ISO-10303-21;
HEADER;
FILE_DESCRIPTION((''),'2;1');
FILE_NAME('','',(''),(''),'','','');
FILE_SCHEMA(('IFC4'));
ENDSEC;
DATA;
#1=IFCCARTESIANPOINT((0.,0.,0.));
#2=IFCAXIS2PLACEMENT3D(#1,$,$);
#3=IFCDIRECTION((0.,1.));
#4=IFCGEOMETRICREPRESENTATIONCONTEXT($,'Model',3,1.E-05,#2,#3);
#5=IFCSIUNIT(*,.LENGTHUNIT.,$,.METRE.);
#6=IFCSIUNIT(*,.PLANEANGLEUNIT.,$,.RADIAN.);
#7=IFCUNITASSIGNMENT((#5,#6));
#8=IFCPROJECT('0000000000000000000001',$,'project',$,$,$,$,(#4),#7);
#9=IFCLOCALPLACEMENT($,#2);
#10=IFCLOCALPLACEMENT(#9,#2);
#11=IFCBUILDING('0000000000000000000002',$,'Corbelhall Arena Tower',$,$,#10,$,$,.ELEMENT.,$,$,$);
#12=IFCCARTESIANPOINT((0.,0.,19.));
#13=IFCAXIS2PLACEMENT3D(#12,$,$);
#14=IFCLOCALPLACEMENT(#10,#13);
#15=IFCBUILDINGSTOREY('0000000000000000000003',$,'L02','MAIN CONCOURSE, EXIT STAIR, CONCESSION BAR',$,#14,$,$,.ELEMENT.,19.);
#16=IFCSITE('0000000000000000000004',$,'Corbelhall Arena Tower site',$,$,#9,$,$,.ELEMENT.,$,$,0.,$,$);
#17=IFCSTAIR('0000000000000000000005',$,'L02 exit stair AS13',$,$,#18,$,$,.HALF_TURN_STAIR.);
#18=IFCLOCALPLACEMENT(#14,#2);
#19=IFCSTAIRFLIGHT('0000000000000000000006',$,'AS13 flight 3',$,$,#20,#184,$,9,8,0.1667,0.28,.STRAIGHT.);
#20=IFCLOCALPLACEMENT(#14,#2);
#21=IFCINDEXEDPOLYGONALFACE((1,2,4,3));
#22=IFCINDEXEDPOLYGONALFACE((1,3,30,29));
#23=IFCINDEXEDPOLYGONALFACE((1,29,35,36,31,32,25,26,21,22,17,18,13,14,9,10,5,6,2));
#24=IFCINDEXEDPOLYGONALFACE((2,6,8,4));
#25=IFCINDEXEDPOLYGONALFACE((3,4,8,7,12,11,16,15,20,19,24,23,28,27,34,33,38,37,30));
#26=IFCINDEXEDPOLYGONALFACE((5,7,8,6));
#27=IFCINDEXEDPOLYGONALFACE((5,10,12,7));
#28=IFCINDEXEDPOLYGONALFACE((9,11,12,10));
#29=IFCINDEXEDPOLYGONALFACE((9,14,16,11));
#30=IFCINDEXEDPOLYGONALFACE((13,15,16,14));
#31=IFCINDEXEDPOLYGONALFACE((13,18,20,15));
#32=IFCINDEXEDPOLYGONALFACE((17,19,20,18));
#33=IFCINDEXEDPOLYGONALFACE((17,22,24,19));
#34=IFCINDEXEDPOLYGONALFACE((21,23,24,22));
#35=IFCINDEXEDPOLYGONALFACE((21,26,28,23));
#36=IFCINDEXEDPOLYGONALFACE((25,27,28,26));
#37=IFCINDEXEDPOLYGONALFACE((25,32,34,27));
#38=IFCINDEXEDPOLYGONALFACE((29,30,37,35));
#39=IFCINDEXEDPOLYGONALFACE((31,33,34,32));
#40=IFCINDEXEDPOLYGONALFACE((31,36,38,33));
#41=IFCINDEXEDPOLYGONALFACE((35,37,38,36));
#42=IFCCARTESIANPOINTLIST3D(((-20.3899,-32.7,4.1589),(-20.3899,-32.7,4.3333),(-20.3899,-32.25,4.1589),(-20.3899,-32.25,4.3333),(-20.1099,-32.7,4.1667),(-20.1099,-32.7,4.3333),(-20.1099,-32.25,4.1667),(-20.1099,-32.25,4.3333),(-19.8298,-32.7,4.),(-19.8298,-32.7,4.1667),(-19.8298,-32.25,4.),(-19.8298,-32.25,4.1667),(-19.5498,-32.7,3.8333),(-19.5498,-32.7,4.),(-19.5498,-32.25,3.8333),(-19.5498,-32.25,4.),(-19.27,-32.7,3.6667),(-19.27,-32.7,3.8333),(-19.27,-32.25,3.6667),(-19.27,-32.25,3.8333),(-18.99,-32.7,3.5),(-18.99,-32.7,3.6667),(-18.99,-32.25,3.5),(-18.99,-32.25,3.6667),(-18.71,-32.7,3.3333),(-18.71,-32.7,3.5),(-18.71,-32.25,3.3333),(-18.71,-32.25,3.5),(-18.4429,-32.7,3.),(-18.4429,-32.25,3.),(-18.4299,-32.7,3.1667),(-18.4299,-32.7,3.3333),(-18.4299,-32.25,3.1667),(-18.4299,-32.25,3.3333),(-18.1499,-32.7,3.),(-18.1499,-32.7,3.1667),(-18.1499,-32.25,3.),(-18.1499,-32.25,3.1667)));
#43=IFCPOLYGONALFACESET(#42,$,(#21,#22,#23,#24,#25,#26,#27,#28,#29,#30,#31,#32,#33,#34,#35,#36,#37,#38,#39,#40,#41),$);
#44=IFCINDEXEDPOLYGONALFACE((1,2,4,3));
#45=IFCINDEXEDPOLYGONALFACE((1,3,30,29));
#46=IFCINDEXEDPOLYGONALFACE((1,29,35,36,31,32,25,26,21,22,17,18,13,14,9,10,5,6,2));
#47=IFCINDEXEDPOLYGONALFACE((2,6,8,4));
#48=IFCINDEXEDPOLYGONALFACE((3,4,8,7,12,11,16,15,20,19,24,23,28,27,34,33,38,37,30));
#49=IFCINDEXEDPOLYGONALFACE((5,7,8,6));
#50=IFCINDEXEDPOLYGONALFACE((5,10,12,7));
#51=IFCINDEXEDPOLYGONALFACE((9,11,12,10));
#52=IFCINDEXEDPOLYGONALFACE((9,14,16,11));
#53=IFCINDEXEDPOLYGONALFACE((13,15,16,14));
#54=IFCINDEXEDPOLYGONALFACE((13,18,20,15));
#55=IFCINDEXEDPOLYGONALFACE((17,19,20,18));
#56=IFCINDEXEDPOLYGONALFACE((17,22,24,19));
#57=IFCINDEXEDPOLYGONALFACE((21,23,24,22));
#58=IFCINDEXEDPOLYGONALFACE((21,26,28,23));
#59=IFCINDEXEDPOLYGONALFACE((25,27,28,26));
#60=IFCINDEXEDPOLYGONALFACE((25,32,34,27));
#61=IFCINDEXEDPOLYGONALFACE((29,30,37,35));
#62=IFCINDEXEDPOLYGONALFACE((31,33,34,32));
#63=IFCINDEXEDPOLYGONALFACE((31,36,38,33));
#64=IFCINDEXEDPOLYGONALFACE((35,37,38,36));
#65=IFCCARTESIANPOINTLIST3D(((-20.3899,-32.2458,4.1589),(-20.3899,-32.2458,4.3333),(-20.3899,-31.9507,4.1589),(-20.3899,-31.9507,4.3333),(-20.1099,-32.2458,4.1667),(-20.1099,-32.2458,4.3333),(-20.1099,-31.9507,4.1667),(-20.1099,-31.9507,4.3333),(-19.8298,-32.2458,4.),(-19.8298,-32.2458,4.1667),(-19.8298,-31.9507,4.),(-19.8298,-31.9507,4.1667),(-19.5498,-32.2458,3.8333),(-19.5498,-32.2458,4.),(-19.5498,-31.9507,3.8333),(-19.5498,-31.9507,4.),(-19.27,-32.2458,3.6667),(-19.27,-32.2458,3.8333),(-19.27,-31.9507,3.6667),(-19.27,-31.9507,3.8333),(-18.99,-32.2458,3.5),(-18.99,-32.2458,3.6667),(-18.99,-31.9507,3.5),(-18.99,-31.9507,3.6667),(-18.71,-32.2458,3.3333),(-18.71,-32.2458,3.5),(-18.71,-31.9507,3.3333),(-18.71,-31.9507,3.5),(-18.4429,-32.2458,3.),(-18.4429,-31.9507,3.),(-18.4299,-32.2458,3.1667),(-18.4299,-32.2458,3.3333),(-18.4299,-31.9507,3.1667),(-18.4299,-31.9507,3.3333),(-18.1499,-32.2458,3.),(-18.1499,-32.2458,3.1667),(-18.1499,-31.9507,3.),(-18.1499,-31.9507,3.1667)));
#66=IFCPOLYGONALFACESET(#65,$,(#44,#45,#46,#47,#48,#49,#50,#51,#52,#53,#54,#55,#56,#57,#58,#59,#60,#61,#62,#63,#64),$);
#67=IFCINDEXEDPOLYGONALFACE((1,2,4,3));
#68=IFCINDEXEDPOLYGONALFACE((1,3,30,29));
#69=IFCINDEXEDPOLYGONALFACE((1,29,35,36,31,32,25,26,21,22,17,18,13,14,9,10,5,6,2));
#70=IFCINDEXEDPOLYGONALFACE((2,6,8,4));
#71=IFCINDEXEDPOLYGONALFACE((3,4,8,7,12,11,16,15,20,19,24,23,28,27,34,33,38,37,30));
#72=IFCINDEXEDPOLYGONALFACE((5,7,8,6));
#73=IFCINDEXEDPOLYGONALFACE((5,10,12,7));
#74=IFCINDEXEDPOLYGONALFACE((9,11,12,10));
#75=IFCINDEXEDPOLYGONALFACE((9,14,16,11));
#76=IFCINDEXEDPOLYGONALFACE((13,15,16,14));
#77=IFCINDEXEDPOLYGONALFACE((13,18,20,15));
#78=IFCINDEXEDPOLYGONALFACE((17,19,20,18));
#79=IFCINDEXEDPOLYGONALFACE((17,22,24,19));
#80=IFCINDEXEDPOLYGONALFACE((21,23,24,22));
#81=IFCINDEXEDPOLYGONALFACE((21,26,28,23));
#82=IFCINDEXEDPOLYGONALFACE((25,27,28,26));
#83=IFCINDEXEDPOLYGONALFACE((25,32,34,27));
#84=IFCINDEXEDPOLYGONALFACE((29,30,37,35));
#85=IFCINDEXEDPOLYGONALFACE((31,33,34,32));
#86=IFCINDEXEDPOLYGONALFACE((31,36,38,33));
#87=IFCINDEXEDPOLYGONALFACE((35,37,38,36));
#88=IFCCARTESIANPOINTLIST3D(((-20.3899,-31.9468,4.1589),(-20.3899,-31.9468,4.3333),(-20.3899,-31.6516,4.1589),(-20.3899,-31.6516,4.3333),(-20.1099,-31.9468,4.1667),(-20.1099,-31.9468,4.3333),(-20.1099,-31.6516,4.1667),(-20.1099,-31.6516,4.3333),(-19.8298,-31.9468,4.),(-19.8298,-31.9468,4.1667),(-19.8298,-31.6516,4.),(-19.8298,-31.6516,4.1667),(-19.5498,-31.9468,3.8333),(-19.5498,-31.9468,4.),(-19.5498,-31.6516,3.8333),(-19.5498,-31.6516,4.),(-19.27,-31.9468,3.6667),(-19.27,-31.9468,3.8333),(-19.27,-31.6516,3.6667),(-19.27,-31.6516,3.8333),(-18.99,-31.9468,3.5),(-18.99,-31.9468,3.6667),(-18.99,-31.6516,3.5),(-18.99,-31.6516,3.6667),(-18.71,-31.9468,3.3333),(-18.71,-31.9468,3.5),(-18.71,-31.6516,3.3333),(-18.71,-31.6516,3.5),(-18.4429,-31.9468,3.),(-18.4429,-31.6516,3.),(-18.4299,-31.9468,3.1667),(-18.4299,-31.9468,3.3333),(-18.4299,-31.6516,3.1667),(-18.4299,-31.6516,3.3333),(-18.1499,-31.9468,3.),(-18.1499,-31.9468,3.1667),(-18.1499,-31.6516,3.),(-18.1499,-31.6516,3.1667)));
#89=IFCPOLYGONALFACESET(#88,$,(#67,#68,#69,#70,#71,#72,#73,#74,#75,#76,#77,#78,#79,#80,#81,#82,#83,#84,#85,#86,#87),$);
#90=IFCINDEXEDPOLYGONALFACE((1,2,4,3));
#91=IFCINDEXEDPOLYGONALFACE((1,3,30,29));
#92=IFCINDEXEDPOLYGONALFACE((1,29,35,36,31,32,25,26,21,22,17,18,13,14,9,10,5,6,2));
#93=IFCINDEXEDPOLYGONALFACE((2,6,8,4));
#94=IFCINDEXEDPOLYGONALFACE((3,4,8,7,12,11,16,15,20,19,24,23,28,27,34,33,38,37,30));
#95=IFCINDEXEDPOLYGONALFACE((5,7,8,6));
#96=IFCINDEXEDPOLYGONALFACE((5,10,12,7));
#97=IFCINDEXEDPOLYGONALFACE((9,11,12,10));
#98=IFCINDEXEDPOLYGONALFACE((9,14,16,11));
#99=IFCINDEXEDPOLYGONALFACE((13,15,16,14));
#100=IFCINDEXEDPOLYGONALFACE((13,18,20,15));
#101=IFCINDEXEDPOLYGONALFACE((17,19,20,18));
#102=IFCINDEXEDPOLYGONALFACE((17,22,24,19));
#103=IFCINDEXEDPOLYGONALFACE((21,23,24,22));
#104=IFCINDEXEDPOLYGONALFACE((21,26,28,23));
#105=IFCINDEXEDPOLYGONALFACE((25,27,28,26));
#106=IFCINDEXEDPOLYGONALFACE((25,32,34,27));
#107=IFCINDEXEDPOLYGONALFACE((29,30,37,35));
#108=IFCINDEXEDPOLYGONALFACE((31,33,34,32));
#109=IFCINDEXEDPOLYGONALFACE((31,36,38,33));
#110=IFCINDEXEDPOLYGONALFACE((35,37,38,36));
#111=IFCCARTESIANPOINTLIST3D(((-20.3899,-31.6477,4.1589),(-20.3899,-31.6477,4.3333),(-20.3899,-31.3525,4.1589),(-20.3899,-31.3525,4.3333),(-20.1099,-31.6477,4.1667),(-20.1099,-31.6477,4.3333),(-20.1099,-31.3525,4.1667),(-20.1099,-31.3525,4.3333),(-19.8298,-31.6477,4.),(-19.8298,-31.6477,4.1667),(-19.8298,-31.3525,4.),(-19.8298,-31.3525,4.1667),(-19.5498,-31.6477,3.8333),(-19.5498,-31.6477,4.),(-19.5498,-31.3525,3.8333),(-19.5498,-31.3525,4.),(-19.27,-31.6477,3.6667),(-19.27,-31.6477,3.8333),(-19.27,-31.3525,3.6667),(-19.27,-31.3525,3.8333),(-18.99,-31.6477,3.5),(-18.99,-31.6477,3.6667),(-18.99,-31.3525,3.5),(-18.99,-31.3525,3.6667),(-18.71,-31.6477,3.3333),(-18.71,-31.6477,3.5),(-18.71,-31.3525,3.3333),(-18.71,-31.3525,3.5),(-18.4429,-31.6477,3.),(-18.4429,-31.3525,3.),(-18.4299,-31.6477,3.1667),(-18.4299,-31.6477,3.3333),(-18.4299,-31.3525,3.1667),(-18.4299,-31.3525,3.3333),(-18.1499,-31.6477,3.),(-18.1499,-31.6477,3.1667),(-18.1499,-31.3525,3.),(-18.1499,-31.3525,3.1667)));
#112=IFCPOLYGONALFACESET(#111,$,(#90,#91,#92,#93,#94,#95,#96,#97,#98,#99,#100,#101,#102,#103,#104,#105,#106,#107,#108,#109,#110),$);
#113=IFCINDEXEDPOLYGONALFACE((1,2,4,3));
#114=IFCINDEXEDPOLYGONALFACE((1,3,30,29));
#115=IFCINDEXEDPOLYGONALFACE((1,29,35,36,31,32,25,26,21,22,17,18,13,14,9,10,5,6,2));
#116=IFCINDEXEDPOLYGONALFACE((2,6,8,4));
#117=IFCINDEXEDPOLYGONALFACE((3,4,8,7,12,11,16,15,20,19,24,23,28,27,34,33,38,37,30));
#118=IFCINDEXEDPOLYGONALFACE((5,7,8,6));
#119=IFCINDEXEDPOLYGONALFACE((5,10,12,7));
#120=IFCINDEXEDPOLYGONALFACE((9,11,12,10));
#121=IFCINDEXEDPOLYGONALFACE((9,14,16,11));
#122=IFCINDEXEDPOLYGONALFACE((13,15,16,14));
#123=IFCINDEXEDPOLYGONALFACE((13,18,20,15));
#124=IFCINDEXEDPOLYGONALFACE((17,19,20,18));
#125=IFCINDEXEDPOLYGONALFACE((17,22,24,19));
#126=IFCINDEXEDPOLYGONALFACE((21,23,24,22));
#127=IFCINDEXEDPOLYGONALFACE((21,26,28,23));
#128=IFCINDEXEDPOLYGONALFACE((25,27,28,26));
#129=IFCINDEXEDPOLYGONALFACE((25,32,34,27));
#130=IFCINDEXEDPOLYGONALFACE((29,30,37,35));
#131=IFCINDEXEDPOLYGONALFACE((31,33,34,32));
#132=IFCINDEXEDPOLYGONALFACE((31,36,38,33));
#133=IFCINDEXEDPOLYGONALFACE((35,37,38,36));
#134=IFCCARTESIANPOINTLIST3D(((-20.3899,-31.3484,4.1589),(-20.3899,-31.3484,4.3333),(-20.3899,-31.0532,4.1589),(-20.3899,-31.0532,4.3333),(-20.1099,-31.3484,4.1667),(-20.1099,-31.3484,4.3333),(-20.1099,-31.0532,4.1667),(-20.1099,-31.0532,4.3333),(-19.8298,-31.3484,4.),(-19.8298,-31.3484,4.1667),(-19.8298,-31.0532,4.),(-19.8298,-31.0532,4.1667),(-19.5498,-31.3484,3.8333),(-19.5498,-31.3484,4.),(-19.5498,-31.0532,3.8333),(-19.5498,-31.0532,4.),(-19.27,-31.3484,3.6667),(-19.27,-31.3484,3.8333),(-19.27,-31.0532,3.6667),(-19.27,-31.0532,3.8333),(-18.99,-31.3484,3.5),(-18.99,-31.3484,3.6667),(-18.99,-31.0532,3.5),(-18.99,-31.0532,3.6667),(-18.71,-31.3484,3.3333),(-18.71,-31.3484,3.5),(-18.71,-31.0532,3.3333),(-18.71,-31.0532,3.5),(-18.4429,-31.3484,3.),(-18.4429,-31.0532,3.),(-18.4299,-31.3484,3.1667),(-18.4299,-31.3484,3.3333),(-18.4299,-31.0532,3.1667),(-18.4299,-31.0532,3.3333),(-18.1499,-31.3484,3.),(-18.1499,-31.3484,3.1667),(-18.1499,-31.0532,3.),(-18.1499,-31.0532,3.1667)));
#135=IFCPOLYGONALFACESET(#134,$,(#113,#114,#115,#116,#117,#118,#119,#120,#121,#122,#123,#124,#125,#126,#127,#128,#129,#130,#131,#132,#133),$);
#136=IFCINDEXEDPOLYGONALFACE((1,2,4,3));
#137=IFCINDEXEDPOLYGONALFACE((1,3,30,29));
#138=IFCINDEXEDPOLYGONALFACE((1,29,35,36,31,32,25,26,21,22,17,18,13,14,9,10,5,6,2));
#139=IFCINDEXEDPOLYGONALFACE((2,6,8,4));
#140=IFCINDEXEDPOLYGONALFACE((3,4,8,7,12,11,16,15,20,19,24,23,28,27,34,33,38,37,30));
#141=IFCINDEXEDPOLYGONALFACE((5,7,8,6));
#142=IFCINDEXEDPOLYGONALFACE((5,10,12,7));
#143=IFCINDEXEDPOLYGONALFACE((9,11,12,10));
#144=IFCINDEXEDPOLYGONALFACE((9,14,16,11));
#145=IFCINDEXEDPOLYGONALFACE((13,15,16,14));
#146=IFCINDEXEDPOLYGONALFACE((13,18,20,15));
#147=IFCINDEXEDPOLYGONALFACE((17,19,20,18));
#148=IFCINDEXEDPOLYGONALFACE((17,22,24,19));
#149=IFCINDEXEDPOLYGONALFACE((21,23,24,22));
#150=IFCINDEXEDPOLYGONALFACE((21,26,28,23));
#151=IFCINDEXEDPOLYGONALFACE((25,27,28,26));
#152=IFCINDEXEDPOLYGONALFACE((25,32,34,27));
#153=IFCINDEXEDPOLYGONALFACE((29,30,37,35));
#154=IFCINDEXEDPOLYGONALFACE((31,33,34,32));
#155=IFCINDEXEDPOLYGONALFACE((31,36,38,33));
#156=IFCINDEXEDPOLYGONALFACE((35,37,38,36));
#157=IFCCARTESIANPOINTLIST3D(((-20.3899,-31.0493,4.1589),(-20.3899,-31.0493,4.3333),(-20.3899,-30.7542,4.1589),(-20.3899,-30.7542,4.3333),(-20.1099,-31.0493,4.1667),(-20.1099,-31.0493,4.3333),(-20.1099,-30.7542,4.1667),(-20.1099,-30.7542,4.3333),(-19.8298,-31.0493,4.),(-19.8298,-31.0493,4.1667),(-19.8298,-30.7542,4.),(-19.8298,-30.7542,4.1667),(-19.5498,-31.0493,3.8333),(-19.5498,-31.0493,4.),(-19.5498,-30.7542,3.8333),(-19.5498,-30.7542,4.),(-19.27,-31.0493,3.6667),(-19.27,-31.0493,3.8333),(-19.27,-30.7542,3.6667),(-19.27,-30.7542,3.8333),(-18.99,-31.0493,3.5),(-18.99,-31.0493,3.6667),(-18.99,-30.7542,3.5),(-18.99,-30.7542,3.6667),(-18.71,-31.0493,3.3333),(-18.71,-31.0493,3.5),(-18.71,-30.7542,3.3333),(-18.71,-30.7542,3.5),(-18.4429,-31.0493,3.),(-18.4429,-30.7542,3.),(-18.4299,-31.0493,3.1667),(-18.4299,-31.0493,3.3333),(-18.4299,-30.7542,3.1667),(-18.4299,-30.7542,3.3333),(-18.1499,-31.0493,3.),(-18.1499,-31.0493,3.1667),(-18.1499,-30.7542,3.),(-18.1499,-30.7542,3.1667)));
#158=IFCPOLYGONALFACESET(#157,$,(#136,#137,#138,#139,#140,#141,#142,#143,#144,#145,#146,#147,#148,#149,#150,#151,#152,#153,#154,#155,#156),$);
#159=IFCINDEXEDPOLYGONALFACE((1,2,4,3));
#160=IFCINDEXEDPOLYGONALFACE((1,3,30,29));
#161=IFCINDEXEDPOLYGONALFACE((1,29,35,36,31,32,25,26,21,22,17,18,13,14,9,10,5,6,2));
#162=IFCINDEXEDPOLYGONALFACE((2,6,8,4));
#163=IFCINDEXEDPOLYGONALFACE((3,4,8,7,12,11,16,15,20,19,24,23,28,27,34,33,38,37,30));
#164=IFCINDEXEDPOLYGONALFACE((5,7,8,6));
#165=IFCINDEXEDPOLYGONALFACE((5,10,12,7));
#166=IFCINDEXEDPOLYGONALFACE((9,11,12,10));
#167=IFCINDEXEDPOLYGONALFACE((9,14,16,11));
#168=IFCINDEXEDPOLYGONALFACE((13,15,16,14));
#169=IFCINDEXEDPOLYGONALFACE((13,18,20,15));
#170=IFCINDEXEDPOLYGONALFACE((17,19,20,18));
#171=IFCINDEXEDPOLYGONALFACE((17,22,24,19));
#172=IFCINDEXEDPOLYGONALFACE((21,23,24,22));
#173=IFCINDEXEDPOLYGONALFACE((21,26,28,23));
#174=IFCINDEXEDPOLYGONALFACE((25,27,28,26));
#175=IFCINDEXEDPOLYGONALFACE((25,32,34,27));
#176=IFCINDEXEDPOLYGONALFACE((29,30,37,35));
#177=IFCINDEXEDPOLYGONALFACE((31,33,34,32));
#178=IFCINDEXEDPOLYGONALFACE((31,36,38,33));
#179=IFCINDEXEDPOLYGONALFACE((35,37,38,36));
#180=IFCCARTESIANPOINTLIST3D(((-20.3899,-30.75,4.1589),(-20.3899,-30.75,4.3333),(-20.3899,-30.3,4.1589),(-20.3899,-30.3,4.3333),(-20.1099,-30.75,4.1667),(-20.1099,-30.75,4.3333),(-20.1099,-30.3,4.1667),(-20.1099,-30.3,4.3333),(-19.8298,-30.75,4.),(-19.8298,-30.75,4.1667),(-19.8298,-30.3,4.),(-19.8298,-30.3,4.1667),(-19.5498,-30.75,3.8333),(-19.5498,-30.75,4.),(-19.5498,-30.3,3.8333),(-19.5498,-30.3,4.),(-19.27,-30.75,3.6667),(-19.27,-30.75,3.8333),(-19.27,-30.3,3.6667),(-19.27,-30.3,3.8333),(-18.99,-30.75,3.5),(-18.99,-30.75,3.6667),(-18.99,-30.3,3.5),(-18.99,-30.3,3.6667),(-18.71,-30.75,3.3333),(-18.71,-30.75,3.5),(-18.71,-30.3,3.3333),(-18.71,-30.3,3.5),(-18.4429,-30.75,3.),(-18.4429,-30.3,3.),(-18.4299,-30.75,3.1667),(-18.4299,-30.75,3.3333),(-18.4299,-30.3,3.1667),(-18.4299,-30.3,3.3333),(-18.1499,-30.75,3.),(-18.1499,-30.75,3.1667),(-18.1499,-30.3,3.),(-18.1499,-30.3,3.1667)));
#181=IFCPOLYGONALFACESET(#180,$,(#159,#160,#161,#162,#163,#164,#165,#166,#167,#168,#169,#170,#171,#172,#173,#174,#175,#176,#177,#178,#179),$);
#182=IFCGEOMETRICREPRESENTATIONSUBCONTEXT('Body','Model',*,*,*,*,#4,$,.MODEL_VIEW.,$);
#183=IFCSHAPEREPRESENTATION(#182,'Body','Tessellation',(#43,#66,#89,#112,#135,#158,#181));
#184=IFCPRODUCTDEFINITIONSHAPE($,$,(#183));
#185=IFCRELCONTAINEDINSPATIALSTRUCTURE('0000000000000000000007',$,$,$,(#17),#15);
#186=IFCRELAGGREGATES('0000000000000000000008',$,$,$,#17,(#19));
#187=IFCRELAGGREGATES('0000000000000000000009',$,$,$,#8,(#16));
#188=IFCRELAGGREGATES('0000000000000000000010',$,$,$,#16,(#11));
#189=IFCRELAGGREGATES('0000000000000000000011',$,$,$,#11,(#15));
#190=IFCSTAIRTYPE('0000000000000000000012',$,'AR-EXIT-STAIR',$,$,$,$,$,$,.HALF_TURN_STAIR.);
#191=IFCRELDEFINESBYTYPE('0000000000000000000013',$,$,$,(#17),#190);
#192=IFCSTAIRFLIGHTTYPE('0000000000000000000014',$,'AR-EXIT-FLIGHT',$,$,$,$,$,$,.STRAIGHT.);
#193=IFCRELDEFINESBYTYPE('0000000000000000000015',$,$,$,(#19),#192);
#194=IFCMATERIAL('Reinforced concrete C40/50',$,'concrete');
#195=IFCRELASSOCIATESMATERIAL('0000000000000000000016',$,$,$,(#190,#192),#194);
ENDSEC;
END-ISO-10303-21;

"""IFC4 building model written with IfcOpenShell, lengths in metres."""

from ifc_helpers import new_model, si_unit, direction, frame, origin, place, context, subcontext, project, spatial, polyline, outline, extrude, material, type_object, element, aggregate, save


model = new_model("IFC4")

# Units and contexts
model_context = context("Model", 3, precision=1e-05, world=origin(), true_north=direction((0.0, 1.0)))
body_context = subcontext(model_context, "Body", "Model", "MODEL_VIEW")
ifc_project = project(units=[si_unit("LENGTHUNIT", "METRE"), si_unit("PLANEANGLEUNIT", "RADIAN")], contexts=[model_context])

# Site, building, storey
site_placement = place(None, origin())
site = spatial("IfcSite", under=ifc_project, at=site_placement, Name="Corbelhall Arena Tower site", CompositionType="ELEMENT", RefElevation=0.0)
building_placement = place(site_placement, origin())
building = spatial("IfcBuilding", under=site, at=building_placement, Name="Corbelhall Arena Tower", CompositionType="ELEMENT")
storey_placement = place(building_placement, frame((0.0, 0.0, 19.0)))
storey = spatial("IfcBuildingStorey", under=building, at=storey_placement, Name="L02", Description="MAIN CONCOURSE, EXIT STAIR, CONCESSION BAR", CompositionType="ELEMENT", Elevation=19.0)

# Shared definitions
ifc_material_1 = material(Name="Reinforced concrete C40/50", Category="concrete")

# Stair, stair flight
stair_type = type_object("IfcStairType", Name="AR-EXIT-STAIR", PredefinedType="HALF_TURN_STAIR", material=ifc_material_1)
stair_1_placement = place(storey_placement, origin())
stair_1 = element("IfcStair", 1, at=stair_1_placement, inside=storey, type_object=stair_type, Name="L02 exit stair AS13", PredefinedType="HALF_TURN_STAIR")
stair_flight_type = type_object("IfcStairFlightType", Name="AR-EXIT-FLIGHT", PredefinedType="STRAIGHT", material=ifc_material_1)
stair_flight_1_placement = place(storey_placement, frame((-18.1499, -31.5, 3.0), z_axis=(0.0, 0.0, 1.0), x_axis=(-1.0, 0.0, 0.0)))
stair_flight_1 = element("IfcStairFlight", 2, at=stair_flight_1_placement, type_object=stair_flight_type, Name="AS13 flight 3", NumberOfRisers=9, NumberOfTreads=8, PredefinedType="STRAIGHT", RiserHeight=0.1667, TreadLength=0.28, context=body_context, shape_type="SweptSolid", body=[
    extrude(outline(polyline([(0.0, 0.0), (0.0, 0.1667), (0.28, 0.1667), (0.28, 0.3333), (0.5601, 0.3333), (0.5601, 0.5), (0.8401, 0.5), (0.8401, 0.6667), (1.1201, 0.6667), (1.1201, 0.8333), (1.3999, 0.8333), (1.3999, 1.0), (1.6799, 1.0), (1.6799, 1.1667), (1.96, 1.1667), (1.96, 1.3333), (2.24, 1.3333), (2.24, 1.5), (2.24, 1.1589), (0.293, 0.0), (0.0, 0.0)])), frame((0.0, 1.2, 0.0), z_axis=(0.0, -1.0, 0.0), x_axis=(1.0, 0.0, 0.0)), (0.0, 0.0, 1.0), 0.45),
    extrude(outline(polyline([(0.0, 0.0), (0.0, 0.1667), (0.28, 0.1667), (0.28, 0.3333), (0.5601, 0.3333), (0.5601, 0.5), (0.8401, 0.5), (0.8401, 0.6667), (1.1201, 0.6667), (1.1201, 0.8333), (1.3999, 0.8333), (1.3999, 1.0), (1.6799, 1.0), (1.6799, 1.1667), (1.96, 1.1667), (1.96, 1.3333), (2.24, 1.3333), (2.24, 1.5), (2.24, 1.1589), (0.293, 0.0), (0.0, 0.0)])), frame((0.0, 0.7458, 0.0), z_axis=(0.0, -1.0, 0.0), x_axis=(1.0, 0.0, 0.0)), (0.0, 0.0, 1.0), 0.2952),
    extrude(outline(polyline([(0.0, 0.0), (0.0, 0.1667), (0.28, 0.1667), (0.28, 0.3333), (0.5601, 0.3333), (0.5601, 0.5), (0.8401, 0.5), (0.8401, 0.6667), (1.1201, 0.6667), (1.1201, 0.8333), (1.3999, 0.8333), (1.3999, 1.0), (1.6799, 1.0), (1.6799, 1.1667), (1.96, 1.1667), (1.96, 1.3333), (2.24, 1.3333), (2.24, 1.5), (2.24, 1.1589), (0.293, 0.0), (0.0, 0.0)])), frame((0.0, 0.4468, 0.0), z_axis=(0.0, -1.0, 0.0), x_axis=(1.0, 0.0, 0.0)), (0.0, 0.0, 1.0), 0.2952),
    extrude(outline(polyline([(0.0, 0.0), (0.0, 0.1667), (0.28, 0.1667), (0.28, 0.3333), (0.5601, 0.3333), (0.5601, 0.5), (0.8401, 0.5), (0.8401, 0.6667), (1.1201, 0.6667), (1.1201, 0.8333), (1.3999, 0.8333), (1.3999, 1.0), (1.6799, 1.0), (1.6799, 1.1667), (1.96, 1.1667), (1.96, 1.3333), (2.24, 1.3333), (2.24, 1.5), (2.24, 1.1589), (0.293, 0.0), (0.0, 0.0)])), frame((0.0, 0.1477, 0.0), z_axis=(0.0, -1.0, 0.0), x_axis=(1.0, 0.0, 0.0)), (0.0, 0.0, 1.0), 0.2952),
    extrude(outline(polyline([(0.0, 0.0), (0.0, 0.1667), (0.28, 0.1667), (0.28, 0.3333), (0.5601, 0.3333), (0.5601, 0.5), (0.8401, 0.5), (0.8401, 0.6667), (1.1201, 0.6667), (1.1201, 0.8333), (1.3999, 0.8333), (1.3999, 1.0), (1.6799, 1.0), (1.6799, 1.1667), (1.96, 1.1667), (1.96, 1.3333), (2.24, 1.3333), (2.24, 1.5), (2.24, 1.1589), (0.293, 0.0), (0.0, 0.0)])), frame((0.0, -0.1516, 0.0), z_axis=(0.0, -1.0, 0.0), x_axis=(1.0, 0.0, 0.0)), (0.0, 0.0, 1.0), 0.2952),
    extrude(outline(polyline([(0.0, 0.0), (0.0, 0.1667), (0.28, 0.1667), (0.28, 0.3333), (0.5601, 0.3333), (0.5601, 0.5), (0.8401, 0.5), (0.8401, 0.6667), (1.1201, 0.6667), (1.1201, 0.8333), (1.3999, 0.8333), (1.3999, 1.0), (1.6799, 1.0), (1.6799, 1.1667), (1.96, 1.1667), (1.96, 1.3333), (2.24, 1.3333), (2.24, 1.5), (2.24, 1.1589), (0.293, 0.0), (0.0, 0.0)])), frame((0.0, -0.4507, 0.0), z_axis=(0.0, -1.0, 0.0), x_axis=(1.0, 0.0, 0.0)), (0.0, 0.0, 1.0), 0.2952),
    extrude(outline(polyline([(0.0, 0.0), (0.0, 0.1667), (0.28, 0.1667), (0.28, 0.3333), (0.5601, 0.3333), (0.5601, 0.5), (0.8401, 0.5), (0.8401, 0.6667), (1.1201, 0.6667), (1.1201, 0.8333), (1.3999, 0.8333), (1.3999, 1.0), (1.6799, 1.0), (1.6799, 1.1667), (1.96, 1.1667), (1.96, 1.3333), (2.24, 1.3333), (2.24, 1.5), (2.24, 1.1589), (0.293, 0.0), (0.0, 0.0)])), frame((0.0, -0.75, 0.0), z_axis=(0.0, -1.0, 0.0), x_axis=(1.0, 0.0, 0.0)), (0.0, 0.0, 1.0), 0.45),
])
aggregate(stair_1, [stair_flight_1])

save(model, "model.ifc")
